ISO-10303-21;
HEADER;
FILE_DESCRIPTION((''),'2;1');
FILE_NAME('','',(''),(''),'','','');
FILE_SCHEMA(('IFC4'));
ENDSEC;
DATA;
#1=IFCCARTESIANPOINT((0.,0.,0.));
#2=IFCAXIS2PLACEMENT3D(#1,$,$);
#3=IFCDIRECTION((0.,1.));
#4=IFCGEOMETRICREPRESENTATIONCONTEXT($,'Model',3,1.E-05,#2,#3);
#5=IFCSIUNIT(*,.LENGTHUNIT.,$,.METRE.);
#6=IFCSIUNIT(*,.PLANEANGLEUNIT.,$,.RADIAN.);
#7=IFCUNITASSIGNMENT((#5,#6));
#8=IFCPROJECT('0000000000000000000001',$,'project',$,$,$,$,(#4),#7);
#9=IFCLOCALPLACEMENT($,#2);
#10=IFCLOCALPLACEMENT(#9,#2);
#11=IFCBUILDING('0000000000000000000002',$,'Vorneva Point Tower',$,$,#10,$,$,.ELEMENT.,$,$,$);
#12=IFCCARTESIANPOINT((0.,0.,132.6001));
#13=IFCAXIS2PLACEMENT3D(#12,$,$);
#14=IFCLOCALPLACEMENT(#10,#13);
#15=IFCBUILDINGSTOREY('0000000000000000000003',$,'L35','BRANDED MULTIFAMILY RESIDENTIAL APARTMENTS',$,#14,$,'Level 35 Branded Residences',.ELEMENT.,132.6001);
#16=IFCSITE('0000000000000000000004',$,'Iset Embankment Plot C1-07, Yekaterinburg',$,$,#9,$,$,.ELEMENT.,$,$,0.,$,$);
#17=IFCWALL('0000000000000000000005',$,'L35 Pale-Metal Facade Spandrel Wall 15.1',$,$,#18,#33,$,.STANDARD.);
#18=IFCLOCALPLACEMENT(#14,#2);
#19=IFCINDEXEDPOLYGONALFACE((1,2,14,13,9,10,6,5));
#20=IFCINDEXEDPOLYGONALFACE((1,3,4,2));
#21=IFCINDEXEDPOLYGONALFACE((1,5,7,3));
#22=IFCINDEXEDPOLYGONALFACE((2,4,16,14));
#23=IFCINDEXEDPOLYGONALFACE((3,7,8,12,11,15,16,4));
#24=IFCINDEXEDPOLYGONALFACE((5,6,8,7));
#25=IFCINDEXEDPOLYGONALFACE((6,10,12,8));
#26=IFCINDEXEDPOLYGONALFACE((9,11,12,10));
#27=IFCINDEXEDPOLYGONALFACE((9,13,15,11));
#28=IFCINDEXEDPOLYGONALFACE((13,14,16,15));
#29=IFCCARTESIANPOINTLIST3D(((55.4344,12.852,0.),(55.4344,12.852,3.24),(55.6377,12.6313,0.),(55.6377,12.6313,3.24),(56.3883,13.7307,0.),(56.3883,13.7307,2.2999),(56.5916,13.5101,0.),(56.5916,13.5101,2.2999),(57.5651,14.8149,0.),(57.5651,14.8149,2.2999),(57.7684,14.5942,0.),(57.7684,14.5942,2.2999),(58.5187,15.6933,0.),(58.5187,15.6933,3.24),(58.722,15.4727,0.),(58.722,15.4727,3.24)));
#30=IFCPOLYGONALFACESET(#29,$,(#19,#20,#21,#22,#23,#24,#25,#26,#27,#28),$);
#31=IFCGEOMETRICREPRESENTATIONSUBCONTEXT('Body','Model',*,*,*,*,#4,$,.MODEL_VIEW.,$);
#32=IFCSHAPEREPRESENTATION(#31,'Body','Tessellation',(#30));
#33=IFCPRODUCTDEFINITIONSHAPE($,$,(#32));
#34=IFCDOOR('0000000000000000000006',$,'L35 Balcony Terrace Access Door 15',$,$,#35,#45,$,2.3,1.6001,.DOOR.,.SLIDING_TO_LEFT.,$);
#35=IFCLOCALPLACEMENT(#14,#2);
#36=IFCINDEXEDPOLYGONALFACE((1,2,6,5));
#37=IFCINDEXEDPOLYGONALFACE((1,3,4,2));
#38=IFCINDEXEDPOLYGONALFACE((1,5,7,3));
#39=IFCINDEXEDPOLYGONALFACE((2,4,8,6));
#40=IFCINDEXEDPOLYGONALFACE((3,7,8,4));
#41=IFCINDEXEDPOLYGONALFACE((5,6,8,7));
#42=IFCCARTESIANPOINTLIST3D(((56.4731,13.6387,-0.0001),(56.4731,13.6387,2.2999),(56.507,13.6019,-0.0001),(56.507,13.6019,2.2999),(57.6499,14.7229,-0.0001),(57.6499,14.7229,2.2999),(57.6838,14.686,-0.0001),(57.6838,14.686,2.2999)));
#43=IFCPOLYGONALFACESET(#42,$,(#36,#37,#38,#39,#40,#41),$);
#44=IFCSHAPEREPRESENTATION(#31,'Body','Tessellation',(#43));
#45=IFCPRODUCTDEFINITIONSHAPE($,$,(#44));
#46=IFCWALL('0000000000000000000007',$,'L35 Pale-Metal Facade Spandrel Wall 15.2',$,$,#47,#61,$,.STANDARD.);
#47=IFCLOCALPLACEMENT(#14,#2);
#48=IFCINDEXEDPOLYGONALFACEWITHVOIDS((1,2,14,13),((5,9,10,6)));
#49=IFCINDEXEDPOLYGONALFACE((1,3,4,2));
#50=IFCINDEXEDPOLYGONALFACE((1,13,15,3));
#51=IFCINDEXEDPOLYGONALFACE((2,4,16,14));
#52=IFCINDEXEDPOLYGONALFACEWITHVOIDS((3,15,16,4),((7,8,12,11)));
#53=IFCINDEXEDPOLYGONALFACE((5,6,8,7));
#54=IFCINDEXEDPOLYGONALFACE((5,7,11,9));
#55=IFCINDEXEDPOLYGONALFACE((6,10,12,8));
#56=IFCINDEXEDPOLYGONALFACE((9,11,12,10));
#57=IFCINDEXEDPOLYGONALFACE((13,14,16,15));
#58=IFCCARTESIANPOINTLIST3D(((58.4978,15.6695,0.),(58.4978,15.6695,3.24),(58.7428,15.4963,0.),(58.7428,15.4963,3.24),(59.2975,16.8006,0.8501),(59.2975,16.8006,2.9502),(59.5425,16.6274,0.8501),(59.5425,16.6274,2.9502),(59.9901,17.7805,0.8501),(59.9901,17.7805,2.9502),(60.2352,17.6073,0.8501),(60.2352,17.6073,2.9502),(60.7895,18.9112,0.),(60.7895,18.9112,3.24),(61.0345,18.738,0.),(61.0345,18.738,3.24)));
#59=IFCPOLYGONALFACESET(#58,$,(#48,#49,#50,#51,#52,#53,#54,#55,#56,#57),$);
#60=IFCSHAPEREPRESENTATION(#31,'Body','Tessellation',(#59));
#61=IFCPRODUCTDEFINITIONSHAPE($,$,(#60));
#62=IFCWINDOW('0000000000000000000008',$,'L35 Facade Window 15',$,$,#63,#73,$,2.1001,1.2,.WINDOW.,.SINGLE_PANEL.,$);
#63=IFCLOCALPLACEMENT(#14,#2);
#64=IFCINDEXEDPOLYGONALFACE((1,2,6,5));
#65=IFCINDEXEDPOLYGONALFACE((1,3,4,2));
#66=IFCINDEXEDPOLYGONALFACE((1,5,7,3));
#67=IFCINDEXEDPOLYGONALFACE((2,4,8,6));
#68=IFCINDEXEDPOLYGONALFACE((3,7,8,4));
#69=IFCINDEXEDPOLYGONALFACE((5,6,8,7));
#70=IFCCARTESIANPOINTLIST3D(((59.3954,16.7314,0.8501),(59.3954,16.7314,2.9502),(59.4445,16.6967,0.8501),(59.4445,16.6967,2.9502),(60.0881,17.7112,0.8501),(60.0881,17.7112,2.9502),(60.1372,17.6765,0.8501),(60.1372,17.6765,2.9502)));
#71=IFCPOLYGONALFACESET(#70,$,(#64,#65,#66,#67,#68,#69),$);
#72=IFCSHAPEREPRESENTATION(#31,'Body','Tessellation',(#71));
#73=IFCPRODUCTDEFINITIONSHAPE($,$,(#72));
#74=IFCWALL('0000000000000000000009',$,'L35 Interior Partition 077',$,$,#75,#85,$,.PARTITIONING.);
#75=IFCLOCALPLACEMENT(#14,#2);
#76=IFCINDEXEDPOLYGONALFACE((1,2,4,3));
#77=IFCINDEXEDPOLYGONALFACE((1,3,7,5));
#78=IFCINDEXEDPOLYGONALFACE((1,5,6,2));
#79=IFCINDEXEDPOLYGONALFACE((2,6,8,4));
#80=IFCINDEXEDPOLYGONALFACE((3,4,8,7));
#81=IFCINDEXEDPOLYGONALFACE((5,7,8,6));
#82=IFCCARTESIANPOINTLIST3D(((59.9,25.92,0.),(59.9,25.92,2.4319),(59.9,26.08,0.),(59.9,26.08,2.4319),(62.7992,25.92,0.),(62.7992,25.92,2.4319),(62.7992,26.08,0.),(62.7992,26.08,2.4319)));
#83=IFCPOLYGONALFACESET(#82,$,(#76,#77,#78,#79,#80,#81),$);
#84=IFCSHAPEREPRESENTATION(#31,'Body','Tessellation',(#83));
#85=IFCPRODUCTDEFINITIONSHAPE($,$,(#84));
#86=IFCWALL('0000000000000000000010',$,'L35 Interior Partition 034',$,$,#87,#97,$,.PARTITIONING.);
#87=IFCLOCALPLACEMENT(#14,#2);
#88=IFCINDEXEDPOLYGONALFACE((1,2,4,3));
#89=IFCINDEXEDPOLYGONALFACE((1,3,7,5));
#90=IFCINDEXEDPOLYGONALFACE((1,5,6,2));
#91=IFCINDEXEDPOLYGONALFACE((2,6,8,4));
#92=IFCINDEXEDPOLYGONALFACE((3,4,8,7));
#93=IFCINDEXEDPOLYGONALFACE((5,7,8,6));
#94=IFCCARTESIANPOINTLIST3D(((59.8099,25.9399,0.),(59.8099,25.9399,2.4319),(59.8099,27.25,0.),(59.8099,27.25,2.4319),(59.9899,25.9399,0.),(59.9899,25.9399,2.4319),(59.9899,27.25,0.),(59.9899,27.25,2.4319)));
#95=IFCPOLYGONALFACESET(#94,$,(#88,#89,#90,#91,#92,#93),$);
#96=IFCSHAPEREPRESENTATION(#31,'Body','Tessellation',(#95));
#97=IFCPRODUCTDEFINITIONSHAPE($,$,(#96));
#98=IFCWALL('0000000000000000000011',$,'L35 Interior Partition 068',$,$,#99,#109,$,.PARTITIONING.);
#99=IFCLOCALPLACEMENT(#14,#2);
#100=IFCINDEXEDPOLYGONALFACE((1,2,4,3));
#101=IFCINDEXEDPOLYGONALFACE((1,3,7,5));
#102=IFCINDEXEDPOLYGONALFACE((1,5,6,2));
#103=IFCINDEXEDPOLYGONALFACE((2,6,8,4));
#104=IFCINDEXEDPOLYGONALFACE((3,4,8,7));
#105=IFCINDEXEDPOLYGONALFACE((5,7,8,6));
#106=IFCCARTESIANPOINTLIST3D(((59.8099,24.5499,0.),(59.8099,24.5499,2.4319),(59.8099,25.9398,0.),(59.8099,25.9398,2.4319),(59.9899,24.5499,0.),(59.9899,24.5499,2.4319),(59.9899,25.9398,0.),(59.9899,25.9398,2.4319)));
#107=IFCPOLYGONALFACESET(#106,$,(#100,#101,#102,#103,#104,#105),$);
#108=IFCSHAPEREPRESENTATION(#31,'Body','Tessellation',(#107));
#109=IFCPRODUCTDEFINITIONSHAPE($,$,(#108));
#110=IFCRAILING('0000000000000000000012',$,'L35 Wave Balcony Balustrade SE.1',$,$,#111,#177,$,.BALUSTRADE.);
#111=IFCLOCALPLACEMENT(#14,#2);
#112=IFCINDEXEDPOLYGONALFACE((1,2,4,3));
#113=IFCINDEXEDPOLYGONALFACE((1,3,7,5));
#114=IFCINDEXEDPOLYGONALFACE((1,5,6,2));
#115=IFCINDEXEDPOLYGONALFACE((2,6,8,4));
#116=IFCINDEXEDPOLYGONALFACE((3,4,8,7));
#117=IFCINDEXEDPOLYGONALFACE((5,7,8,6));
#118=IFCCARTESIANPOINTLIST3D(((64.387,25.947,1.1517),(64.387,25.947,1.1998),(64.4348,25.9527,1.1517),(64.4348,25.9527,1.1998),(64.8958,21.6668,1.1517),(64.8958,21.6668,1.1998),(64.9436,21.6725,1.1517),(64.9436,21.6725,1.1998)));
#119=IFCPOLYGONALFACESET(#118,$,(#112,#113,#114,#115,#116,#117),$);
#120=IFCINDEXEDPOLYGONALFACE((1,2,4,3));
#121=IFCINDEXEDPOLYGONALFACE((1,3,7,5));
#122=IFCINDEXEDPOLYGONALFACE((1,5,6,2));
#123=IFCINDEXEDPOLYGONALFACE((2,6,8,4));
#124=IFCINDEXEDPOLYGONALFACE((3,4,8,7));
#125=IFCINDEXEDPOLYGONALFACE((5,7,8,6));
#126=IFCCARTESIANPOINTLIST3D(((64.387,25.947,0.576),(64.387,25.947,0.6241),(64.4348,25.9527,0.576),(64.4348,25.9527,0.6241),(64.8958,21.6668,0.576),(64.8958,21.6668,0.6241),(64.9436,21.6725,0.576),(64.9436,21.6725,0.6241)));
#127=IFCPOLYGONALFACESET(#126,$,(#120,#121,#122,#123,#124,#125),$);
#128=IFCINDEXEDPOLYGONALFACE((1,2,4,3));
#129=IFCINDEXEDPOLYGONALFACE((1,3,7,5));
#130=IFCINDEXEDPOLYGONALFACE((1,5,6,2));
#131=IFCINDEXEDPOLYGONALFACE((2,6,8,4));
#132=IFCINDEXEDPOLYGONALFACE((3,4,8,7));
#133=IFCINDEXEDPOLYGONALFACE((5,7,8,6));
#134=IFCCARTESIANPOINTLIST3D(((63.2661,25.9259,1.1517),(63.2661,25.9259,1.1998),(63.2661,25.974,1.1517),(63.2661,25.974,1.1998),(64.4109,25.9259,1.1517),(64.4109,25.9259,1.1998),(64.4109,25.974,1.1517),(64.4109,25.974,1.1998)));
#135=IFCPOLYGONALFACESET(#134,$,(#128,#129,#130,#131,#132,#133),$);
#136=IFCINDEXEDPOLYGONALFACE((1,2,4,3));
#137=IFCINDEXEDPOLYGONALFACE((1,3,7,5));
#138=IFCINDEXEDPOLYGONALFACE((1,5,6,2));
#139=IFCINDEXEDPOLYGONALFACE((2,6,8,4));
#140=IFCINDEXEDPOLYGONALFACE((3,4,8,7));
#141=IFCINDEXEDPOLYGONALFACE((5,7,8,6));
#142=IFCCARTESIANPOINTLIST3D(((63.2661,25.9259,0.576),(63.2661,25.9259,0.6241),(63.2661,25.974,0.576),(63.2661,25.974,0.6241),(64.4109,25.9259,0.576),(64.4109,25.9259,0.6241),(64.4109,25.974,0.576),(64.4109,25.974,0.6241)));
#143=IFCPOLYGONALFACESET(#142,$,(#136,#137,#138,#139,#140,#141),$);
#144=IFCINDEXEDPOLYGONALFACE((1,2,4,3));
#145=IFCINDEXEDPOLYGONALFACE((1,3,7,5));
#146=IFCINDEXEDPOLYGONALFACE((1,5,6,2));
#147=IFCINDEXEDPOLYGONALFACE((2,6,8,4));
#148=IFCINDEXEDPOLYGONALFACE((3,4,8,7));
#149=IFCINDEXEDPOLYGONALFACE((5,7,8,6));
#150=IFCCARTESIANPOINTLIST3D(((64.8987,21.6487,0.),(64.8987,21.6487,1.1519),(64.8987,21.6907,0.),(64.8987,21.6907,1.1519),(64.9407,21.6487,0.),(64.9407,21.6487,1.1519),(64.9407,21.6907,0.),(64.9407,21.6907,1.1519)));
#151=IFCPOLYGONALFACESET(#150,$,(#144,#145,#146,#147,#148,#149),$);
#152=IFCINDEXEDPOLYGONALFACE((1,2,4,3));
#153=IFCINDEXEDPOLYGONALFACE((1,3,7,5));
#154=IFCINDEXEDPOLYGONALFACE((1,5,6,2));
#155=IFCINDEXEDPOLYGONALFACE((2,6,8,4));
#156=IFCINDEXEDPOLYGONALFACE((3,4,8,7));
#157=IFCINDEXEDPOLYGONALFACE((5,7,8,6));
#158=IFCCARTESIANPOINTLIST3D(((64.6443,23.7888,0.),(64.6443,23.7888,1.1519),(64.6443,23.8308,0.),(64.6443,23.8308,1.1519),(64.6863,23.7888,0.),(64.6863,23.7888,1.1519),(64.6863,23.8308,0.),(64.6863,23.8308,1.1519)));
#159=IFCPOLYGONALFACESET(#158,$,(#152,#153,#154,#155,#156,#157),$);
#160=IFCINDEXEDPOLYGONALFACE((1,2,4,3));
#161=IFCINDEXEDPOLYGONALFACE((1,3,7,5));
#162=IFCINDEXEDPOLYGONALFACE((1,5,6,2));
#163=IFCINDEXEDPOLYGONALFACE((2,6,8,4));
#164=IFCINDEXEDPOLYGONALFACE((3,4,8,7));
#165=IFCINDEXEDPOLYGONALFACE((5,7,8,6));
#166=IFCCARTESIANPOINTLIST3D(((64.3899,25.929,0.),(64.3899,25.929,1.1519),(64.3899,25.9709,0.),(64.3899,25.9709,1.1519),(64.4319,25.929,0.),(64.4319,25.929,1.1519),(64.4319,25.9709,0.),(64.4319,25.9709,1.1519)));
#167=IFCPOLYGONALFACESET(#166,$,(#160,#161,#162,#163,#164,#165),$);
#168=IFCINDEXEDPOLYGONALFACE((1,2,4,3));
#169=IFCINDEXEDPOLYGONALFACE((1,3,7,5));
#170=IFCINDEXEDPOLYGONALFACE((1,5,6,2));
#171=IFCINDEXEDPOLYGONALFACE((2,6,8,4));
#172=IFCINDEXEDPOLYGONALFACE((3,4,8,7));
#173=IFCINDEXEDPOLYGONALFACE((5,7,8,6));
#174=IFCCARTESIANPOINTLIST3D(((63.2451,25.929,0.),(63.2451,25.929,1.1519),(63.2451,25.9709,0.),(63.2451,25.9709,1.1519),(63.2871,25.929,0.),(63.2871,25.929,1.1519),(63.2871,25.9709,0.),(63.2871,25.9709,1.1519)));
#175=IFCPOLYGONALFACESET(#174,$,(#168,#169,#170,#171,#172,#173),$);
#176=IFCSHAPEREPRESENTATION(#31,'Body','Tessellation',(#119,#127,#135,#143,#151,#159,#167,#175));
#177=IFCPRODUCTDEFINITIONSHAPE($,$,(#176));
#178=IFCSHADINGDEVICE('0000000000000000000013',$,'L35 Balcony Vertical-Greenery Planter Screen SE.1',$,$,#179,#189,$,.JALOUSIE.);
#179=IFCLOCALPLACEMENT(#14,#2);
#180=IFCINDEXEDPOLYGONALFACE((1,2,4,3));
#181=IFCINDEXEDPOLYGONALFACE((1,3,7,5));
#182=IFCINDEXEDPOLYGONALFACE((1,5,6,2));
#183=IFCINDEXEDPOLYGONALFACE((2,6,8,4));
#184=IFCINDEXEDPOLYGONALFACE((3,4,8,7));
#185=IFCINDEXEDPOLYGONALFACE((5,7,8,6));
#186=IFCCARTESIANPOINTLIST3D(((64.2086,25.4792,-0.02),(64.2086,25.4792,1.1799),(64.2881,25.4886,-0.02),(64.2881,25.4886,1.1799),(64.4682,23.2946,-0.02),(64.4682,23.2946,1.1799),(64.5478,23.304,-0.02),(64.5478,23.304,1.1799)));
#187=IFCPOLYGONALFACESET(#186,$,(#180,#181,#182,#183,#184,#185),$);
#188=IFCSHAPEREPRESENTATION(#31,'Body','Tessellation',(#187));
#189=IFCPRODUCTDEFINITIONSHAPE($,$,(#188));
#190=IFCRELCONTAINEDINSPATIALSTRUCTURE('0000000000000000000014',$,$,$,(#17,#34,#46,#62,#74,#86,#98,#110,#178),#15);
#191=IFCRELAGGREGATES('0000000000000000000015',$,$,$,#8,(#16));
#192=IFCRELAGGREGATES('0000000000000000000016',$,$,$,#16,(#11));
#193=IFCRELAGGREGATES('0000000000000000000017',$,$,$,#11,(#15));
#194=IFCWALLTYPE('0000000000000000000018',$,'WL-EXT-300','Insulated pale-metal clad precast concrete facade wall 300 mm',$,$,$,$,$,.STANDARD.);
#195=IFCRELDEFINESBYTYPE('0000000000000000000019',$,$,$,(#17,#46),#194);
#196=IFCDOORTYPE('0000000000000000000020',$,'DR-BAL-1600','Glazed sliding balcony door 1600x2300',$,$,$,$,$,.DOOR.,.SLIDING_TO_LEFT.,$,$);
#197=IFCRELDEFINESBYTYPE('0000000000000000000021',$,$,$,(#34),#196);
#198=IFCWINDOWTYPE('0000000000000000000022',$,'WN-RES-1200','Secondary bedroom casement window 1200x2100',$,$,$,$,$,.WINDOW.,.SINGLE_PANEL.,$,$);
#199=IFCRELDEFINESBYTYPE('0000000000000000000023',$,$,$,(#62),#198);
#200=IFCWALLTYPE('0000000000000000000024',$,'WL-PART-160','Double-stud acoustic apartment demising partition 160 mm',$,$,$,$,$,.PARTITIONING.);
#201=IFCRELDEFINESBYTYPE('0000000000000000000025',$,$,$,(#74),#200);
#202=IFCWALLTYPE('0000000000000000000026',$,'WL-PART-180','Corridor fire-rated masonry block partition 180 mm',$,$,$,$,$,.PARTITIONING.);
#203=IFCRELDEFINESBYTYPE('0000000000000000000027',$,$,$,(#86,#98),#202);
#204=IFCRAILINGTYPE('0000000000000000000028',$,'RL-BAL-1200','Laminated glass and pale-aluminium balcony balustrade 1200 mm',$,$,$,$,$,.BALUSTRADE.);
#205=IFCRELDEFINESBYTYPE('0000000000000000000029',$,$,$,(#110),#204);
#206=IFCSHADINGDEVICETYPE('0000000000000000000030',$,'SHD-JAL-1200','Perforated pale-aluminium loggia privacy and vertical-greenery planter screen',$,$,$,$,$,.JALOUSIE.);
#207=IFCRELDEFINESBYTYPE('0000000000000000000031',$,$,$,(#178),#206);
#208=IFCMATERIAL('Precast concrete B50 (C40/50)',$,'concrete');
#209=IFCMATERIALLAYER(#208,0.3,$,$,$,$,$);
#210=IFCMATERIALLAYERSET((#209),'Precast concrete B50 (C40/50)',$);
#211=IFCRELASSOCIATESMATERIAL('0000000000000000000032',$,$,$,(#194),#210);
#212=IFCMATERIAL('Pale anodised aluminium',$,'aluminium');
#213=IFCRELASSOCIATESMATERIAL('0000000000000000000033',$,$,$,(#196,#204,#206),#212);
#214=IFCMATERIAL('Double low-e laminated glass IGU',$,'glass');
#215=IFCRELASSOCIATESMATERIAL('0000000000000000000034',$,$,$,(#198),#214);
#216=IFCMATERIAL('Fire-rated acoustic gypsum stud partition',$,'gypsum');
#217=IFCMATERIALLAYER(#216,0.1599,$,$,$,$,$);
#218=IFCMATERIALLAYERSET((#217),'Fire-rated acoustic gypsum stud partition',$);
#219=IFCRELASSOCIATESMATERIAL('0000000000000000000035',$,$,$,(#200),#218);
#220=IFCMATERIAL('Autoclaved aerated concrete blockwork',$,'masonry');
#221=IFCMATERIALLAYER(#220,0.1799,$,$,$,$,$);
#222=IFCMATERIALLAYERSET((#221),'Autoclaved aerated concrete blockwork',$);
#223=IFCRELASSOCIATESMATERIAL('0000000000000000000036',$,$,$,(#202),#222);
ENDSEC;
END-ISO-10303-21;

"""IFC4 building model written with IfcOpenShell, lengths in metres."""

from ifc_helpers import new_model, si_unit, direction, frame, frame_2d, origin, origin_2d, place, context, subcontext, project, spatial, rectangle, extrude, material, layer, layer_set, type_object, element, fill, save


model = new_model("IFC4")

# Units and contexts
model_context = context("Model", 3, precision=1e-05, world=origin(), true_north=direction((0.0, 1.0)))
body_context = subcontext(model_context, "Body", "Model", "MODEL_VIEW")
ifc_project = project(units=[si_unit("LENGTHUNIT", "METRE"), si_unit("PLANEANGLEUNIT", "RADIAN")], contexts=[model_context])

# Site, building, storey
site_placement = place(None, origin())
site = spatial("IfcSite", under=ifc_project, at=site_placement, Name="Iset Embankment Plot C1-07, Yekaterinburg", CompositionType="ELEMENT", RefElevation=0.0)
building_placement = place(site_placement, origin())
building = spatial("IfcBuilding", under=site, at=building_placement, Name="Vorneva Point Tower", CompositionType="ELEMENT")
storey_placement = place(building_placement, frame((0.0, 0.0, 132.6001)))
storey = spatial("IfcBuildingStorey", under=building, at=storey_placement, Name="L35", Description="BRANDED MULTIFAMILY RESIDENTIAL APARTMENTS", LongName="Level 35 Branded Residences", CompositionType="ELEMENT", Elevation=132.6001)

# Shared definitions
ifc_material_1 = material(Name="Pale anodised aluminium", Category="aluminium")

# Shared definitions
ifc_material_2 = material(Name="Double low-e laminated glass IGU", Category="glass")

# Wall, opening, door
ifc_material_3 = material(Name="Precast concrete B50 (C40/50)", Category="concrete")
ifc_layer_1 = layer(ifc_material_3, 0.3)
ifc_layer_set_1 = layer_set([ifc_layer_1], Name="Precast concrete B50 (C40/50)")
wall_type_1 = type_object("IfcWallType", Name="WL-EXT-300", Description="Insulated pale-metal clad precast concrete facade wall 300 mm", PredefinedType="STANDARD", material=ifc_layer_set_1)
wall_1_placement = place(storey_placement, frame((55.5361, 12.7417, 0.0), z_axis=(0.0, 0.0, 1.0), x_axis=(0.735477, 0.67755, 0.0)))
wall_1 = element("IfcWall", 1, at=wall_1_placement, inside=storey, type_object=wall_type_1, Name="L35 Pale-Metal Facade Spandrel Wall 15.1", PredefinedType="STANDARD", context=body_context, shape_type="SweptSolid", body=[
    extrude(rectangle(XDim=4.1936, YDim=0.3, at=frame_2d((2.0967, 0.0))), origin(), (0.0, 0.0, 1.0), 3.24),
])
opening_1_placement = place(wall_1_placement, frame((1.2969, 0.0, 0.0)))
opening_1 = element("IfcOpeningElement", 2, at=opening_1_placement, cuts=wall_1, PredefinedType="OPENING", context=body_context, shape_type="SweptSolid", body=[
    extrude(rectangle(XDim=1.6001, YDim=2.3, at=frame_2d((0.8, 1.1499))), frame((0.0, 0.165, 0.0), z_axis=(0.0, -1.0, 0.0), x_axis=(1.0, 0.0, 0.0)), (0.0, 0.0, 1.0), 0.3298),
])
door_type = type_object("IfcDoorType", Name="DR-BAL-1600", Description="Glazed sliding balcony door 1600x2300", OperationType="SLIDING_TO_LEFT", PredefinedType="DOOR", material=ifc_material_1)
door_placement = place(opening_1_placement, origin())
door = element("IfcDoor", 3, at=door_placement, inside=storey, type_object=door_type, Name="L35 Balcony Terrace Access Door 15", OperationType="SLIDING_TO_LEFT", OverallHeight=2.3, OverallWidth=1.6001, PredefinedType="DOOR", context=body_context, shape_type="SweptSolid", body=[
    extrude(rectangle(XDim=1.6001, YDim=2.3, at=frame_2d((0.8, 1.1499))), frame((0.0, 0.0249, 0.0), z_axis=(0.0, -1.0, 0.0), x_axis=(1.0, 0.0, 0.0)), (0.0, 0.0, 1.0), 0.05),
])
fill(opening_1, door)

# Wall, opening, window
wall_2_placement = place(storey_placement, frame((58.6204, 15.583, 0.0), z_axis=(0.0, 0.0, 1.0), x_axis=(0.57727, 0.816554, 0.0)))
wall_2 = element("IfcWall", 4, at=wall_2_placement, inside=storey, type_object=wall_type_1, Name="L35 Pale-Metal Facade Spandrel Wall 15.2", PredefinedType="STANDARD", context=body_context, shape_type="SweptSolid", body=[
    extrude(rectangle(XDim=3.97, YDim=0.3, at=frame_2d((1.9849, 0.0))), origin(), (0.0, 0.0, 1.0), 3.24),
])
opening_2_placement = place(wall_2_placement, frame((1.385, 0.0, 0.8501)))
opening_2 = element("IfcOpeningElement", 5, at=opening_2_placement, cuts=wall_2, PredefinedType="OPENING", context=body_context, shape_type="SweptSolid", body=[
    extrude(rectangle(XDim=1.2, YDim=2.1001, at=frame_2d((0.6001, 1.05))), frame((0.0, 0.165, 0.0), z_axis=(0.0, -1.0, 0.0), x_axis=(1.0, 0.0, 0.0)), (0.0, 0.0, 1.0), 0.3298),
])
window_type = type_object("IfcWindowType", Name="WN-RES-1200", Description="Secondary bedroom casement window 1200x2100", PartitioningType="SINGLE_PANEL", PredefinedType="WINDOW", material=ifc_material_2)
window_placement = place(opening_2_placement, origin())
window = element("IfcWindow", 6, at=window_placement, inside=storey, type_object=window_type, Name="L35 Facade Window 15", OverallHeight=2.1001, OverallWidth=1.2, PartitioningType="SINGLE_PANEL", PredefinedType="WINDOW", context=body_context, shape_type="SweptSolid", body=[
    extrude(rectangle(XDim=1.2, YDim=2.1001, at=frame_2d((0.6001, 1.05))), frame((0.0, 0.03, 0.0), z_axis=(0.0, -1.0, 0.0), x_axis=(1.0, 0.0, 0.0)), (0.0, 0.0, 1.0), 0.0601),
])
fill(opening_2, window)

# Walls
ifc_material_4 = material(Name="Fire-rated acoustic gypsum stud partition", Category="gypsum")
ifc_layer_2 = layer(ifc_material_4, 0.1599)
ifc_layer_set_2 = layer_set([ifc_layer_2], Name="Fire-rated acoustic gypsum stud partition")
wall_type_2 = type_object("IfcWallType", Name="WL-PART-160", Description="Double-stud acoustic apartment demising partition 160 mm", PredefinedType="PARTITIONING", material=ifc_layer_set_2)
wall_3_placement = place(storey_placement, frame((59.8999, 26.0, 0.0), z_axis=(0.0, 0.0, 1.0), x_axis=(1.0, 0.0, 0.0)))
element("IfcWall", 7, at=wall_3_placement, inside=storey, type_object=wall_type_2, Name="L35 Interior Partition 077", PredefinedType="PARTITIONING", context=body_context, shape_type="SweptSolid", body=[
    extrude(rectangle(XDim=2.8992, YDim=0.1599, at=frame_2d((1.4497, 0.0))), origin(), (0.0, 0.0, 1.0), 2.4319),
])
ifc_material_5 = material(Name="Autoclaved aerated concrete blockwork", Category="masonry")
ifc_layer_3 = layer(ifc_material_5, 0.1799)
ifc_layer_set_3 = layer_set([ifc_layer_3], Name="Autoclaved aerated concrete blockwork")
wall_type_3 = type_object("IfcWallType", Name="WL-PART-180", Description="Corridor fire-rated masonry block partition 180 mm", PredefinedType="PARTITIONING", material=ifc_layer_set_3)
wall_4_placement = place(storey_placement, frame((59.8999, 25.9399, 0.0), z_axis=(0.0, 0.0, 1.0), x_axis=(0.0, 1.0, 0.0)))
element("IfcWall", 8, at=wall_4_placement, inside=storey, type_object=wall_type_3, Name="L35 Interior Partition 034", PredefinedType="PARTITIONING", context=body_context, shape_type="SweptSolid", body=[
    extrude(rectangle(XDim=1.3101, YDim=0.1799, at=frame_2d((0.655, 0.0))), origin(), (0.0, 0.0, 1.0), 2.4319),
])
wall_5_placement = place(storey_placement, frame((59.8999, 24.55, 0.0), z_axis=(0.0, 0.0, 1.0), x_axis=(0.0, 1.0, 0.0)))
element("IfcWall", 9, at=wall_5_placement, inside=storey, type_object=wall_type_3, Name="L35 Interior Partition 068", PredefinedType="PARTITIONING", context=body_context, shape_type="SweptSolid", body=[
    extrude(rectangle(XDim=1.3899, YDim=0.1799, at=frame_2d((0.6948, 0.0))), origin(), (0.0, 0.0, 1.0), 2.4319),
])

# Railing
railing_type = type_object("IfcRailingType", Name="RL-BAL-1200", Description="Laminated glass and pale-aluminium balcony balustrade 1200 mm", PredefinedType="BALUSTRADE", material=ifc_material_1)
railing_placement = place(storey_placement, frame((64.9197, 21.6697, 0.0)))
element("IfcRailing", 10, at=railing_placement, inside=storey, type_object=railing_type, Name="L35 Wave Balcony Balustrade SE.1", PredefinedType="BALUSTRADE", context=body_context, shape_type="SweptSolid", body=[
    extrude(rectangle(XDim=0.0481, YDim=0.0481, at=origin_2d()), frame((0.0, 0.0, 1.1758), z_axis=(-0.118037, 0.993009, 0.0), x_axis=(-0.993009, -0.118037, 0.0)), (0.0, 0.0, 1.0), 4.3103),
    extrude(rectangle(XDim=0.0481, YDim=0.0481, at=origin_2d()), frame((0.0, 0.0, 0.6001), z_axis=(-0.118037, 0.993009, 0.0), x_axis=(-0.993009, -0.118037, 0.0)), (0.0, 0.0, 1.0), 4.3103),
    extrude(rectangle(XDim=0.0481, YDim=0.0481, at=origin_2d()), frame((-0.5088, 4.2803, 1.1758), z_axis=(-1.0, 0.0, 0.0), x_axis=(0.0, -1.0, 0.0)), (0.0, 0.0, 1.0), 1.1448),
    extrude(rectangle(XDim=0.0481, YDim=0.0481, at=origin_2d()), frame((-0.5088, 4.2803, 0.6001), z_axis=(-1.0, 0.0, 0.0), x_axis=(0.0, -1.0, 0.0)), (0.0, 0.0, 1.0), 1.1448),
    extrude(rectangle(XDim=0.042, YDim=0.042, at=origin_2d()), origin(), (0.0, 0.0, 1.0), 1.1519),
    extrude(rectangle(XDim=0.042, YDim=0.042, at=origin_2d()), frame((-0.2544, 2.1401, 0.0)), (0.0, 0.0, 1.0), 1.1519),
    extrude(rectangle(XDim=0.042, YDim=0.042, at=origin_2d()), frame((-0.5088, 4.2803, 0.0)), (0.0, 0.0, 1.0), 1.1519),
    extrude(rectangle(XDim=0.042, YDim=0.042, at=origin_2d()), frame((-1.6536, 4.2803, 0.0)), (0.0, 0.0, 1.0), 1.1519),
])

# Shading device
shading_device_type = type_object("IfcShadingDeviceType", Name="SHD-JAL-1200", Description="Perforated pale-aluminium loggia privacy and vertical-greenery planter screen", PredefinedType="JALOUSIE", material=ifc_material_1)
for number, where, z_axis, x_axis, name in (
    (11, (64.3782, 24.3916, -0.02), (0.0, 0.0, 1.0), (-0.118023, 0.993011, 0.0), "L35 Balcony Vertical-Greenery Planter Screen SE.1"),
):
    element("IfcShadingDevice", number, at=place(storey_placement, frame(where, z_axis=z_axis, x_axis=x_axis)), inside=storey, type_object=shading_device_type, Name=name, PredefinedType="JALOUSIE", context=body_context, shape_type="SweptSolid", body=[
        extrude(rectangle(XDim=2.2, YDim=0.0801, at=origin_2d()), origin(), (0.0, 0.0, 1.0), 1.2),
    ])

save(model, "model.ifc")
